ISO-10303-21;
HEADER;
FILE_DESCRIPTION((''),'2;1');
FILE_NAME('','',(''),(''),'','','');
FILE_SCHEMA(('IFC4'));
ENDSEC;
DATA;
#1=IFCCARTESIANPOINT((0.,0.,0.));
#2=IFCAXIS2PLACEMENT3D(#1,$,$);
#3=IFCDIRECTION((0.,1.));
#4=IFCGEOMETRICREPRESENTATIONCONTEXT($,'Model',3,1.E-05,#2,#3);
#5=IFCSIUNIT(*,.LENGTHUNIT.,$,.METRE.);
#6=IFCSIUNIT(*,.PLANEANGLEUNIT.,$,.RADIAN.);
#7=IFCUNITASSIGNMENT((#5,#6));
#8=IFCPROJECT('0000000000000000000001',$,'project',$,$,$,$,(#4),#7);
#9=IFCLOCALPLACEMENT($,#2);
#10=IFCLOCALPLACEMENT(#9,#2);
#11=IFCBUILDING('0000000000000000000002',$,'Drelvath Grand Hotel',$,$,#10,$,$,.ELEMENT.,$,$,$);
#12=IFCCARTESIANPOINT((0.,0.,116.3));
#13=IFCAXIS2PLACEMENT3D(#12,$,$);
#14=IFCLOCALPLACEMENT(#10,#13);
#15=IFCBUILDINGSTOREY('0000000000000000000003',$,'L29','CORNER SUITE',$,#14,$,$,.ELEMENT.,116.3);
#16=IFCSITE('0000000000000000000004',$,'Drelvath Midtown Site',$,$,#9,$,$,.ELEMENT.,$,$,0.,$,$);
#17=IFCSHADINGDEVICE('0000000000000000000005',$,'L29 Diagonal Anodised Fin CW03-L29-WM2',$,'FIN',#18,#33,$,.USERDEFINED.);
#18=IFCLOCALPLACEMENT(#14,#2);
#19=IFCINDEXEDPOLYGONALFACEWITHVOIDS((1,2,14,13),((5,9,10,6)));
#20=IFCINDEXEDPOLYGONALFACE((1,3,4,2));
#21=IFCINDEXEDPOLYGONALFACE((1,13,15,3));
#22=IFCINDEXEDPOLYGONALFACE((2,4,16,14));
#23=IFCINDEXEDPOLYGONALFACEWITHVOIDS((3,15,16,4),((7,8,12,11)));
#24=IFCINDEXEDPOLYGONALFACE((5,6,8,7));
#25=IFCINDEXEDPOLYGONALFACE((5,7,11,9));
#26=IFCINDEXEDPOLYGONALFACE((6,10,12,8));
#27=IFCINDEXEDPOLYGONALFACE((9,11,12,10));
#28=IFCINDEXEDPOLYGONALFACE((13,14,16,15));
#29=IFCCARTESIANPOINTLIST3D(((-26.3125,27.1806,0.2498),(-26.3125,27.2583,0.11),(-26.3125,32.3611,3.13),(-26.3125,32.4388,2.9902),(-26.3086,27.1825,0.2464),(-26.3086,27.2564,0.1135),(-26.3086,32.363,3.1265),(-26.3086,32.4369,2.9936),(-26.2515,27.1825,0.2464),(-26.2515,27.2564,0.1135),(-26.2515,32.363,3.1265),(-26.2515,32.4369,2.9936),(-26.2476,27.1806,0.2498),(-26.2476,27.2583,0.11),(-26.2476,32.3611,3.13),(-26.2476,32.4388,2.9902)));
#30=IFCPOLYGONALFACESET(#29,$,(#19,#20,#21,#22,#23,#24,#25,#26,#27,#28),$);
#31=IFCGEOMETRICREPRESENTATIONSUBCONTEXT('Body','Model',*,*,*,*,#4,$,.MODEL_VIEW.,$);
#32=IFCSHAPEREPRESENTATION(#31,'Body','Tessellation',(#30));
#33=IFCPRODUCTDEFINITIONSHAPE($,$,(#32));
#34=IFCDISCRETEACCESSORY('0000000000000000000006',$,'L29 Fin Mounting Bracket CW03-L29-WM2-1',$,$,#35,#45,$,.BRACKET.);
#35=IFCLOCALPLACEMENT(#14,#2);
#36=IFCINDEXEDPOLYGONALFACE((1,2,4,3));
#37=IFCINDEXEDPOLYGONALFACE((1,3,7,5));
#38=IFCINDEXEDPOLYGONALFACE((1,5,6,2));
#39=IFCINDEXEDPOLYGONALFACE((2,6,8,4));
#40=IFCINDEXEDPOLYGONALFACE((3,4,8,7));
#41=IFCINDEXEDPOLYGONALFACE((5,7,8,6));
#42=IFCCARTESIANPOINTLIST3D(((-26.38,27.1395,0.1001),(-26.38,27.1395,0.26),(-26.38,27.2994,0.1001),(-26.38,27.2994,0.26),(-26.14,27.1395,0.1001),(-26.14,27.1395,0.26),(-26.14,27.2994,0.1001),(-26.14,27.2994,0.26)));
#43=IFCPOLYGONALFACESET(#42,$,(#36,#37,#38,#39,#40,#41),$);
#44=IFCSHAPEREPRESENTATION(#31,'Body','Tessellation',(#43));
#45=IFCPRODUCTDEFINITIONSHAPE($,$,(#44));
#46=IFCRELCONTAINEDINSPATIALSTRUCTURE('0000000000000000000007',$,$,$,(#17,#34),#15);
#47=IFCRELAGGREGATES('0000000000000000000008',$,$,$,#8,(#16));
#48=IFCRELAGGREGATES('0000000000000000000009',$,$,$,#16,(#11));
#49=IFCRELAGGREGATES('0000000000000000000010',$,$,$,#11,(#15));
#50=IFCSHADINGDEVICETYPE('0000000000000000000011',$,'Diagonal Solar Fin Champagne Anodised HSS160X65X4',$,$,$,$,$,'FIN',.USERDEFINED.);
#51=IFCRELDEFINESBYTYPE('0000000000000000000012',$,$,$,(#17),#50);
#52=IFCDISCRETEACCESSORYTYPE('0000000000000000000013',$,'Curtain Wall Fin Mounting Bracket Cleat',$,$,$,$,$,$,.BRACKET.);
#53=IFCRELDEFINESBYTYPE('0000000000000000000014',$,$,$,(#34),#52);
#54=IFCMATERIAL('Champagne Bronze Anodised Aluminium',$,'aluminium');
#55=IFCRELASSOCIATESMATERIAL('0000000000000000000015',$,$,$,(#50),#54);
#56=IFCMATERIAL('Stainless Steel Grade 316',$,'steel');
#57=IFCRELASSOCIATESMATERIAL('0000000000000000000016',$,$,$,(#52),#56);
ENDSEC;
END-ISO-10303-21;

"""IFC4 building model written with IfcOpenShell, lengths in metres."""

from ifc_helpers import new_model, si_unit, direction, frame, origin, origin_2d, place, context, subcontext, project, spatial, rectangle, hollow_rectangle, extrude, material, material_profile, profile_set, type_object, element, save


model = new_model("IFC4")

# Units and contexts
model_context = context("Model", 3, precision=1e-05, world=origin(), true_north=direction((0.0, 1.0)))
body_context = subcontext(model_context, "Body", "Model", "MODEL_VIEW")
ifc_project = project(units=[si_unit("LENGTHUNIT", "METRE"), si_unit("PLANEANGLEUNIT", "RADIAN")], contexts=[model_context])

# Site, building, storey
site_placement = place(None, origin())
site = spatial("IfcSite", under=ifc_project, at=site_placement, Name="Drelvath Midtown Site", CompositionType="ELEMENT", RefElevation=0.0)
building_placement = place(site_placement, origin())
building = spatial("IfcBuilding", under=site, at=building_placement, Name="Drelvath Grand Hotel", CompositionType="ELEMENT")
storey_placement = place(building_placement, frame((0.0, 0.0, 116.3)))
storey = spatial("IfcBuildingStorey", under=building, at=storey_placement, Name="L29", Description="CORNER SUITE", CompositionType="ELEMENT", Elevation=116.3)

# Shading device
ifc_material_1 = material(Name="Champagne Bronze Anodised Aluminium", Category="aluminium")
ifc_material_profile_1 = material_profile(ifc_material_1, hollow_rectangle(XDim=0.0649, YDim=0.1599, WallThickness=0.0039, at=origin_2d()), Name="HSS160X65X4")
ifc_profile_set_1 = profile_set([ifc_material_profile_1], Name="Champagne Bronze Anodised Aluminium")
shading_device_type = type_object("IfcShadingDeviceType", Name="Diagonal Solar Fin Champagne Anodised HSS160X65X4", ElementType="FIN", PredefinedType="USERDEFINED", material=ifc_profile_set_1)
shading_device_placement = place(storey_placement, frame((-26.28, 27.2195, 0.1799), z_axis=(0.0, 0.874006, 0.485916), x_axis=(-1.0, 0.0, 0.0)))
element("IfcShadingDevice", 1, at=shading_device_placement, inside=storey, type_object=shading_device_type, Name="L29 Diagonal Anodised Fin CW03-L29-WM2", ObjectType="FIN", PredefinedType="USERDEFINED", context=body_context, shape_type="SweptSolid", body=[
    extrude(hollow_rectangle(XDim=0.0649, YDim=0.1599, WallThickness=0.0039, at=origin_2d()), origin(), (0.0, 0.0, 1.0), 5.9272),
])

# Discrete accessory
ifc_material_2 = material(Name="Stainless Steel Grade 316", Category="steel")
discrete_accessory_type = type_object("IfcDiscreteAccessoryType", Name="Curtain Wall Fin Mounting Bracket Cleat", PredefinedType="BRACKET", material=ifc_material_2)
discrete_accessory_placement = place(storey_placement, frame((-26.26, 27.2195, 0.1001), z_axis=(0.0, 0.0, 1.0), x_axis=(0.0, 1.0, 0.0)))
element("IfcDiscreteAccessory", 2, at=discrete_accessory_placement, inside=storey, type_object=discrete_accessory_type, Name="L29 Fin Mounting Bracket CW03-L29-WM2-1", PredefinedType="BRACKET", context=body_context, shape_type="SweptSolid", body=[
    extrude(rectangle(XDim=0.1599, YDim=0.24, at=origin_2d()), origin(), (0.0, 0.0, 1.0), 0.1599),
])

save(model, "model.ifc")
